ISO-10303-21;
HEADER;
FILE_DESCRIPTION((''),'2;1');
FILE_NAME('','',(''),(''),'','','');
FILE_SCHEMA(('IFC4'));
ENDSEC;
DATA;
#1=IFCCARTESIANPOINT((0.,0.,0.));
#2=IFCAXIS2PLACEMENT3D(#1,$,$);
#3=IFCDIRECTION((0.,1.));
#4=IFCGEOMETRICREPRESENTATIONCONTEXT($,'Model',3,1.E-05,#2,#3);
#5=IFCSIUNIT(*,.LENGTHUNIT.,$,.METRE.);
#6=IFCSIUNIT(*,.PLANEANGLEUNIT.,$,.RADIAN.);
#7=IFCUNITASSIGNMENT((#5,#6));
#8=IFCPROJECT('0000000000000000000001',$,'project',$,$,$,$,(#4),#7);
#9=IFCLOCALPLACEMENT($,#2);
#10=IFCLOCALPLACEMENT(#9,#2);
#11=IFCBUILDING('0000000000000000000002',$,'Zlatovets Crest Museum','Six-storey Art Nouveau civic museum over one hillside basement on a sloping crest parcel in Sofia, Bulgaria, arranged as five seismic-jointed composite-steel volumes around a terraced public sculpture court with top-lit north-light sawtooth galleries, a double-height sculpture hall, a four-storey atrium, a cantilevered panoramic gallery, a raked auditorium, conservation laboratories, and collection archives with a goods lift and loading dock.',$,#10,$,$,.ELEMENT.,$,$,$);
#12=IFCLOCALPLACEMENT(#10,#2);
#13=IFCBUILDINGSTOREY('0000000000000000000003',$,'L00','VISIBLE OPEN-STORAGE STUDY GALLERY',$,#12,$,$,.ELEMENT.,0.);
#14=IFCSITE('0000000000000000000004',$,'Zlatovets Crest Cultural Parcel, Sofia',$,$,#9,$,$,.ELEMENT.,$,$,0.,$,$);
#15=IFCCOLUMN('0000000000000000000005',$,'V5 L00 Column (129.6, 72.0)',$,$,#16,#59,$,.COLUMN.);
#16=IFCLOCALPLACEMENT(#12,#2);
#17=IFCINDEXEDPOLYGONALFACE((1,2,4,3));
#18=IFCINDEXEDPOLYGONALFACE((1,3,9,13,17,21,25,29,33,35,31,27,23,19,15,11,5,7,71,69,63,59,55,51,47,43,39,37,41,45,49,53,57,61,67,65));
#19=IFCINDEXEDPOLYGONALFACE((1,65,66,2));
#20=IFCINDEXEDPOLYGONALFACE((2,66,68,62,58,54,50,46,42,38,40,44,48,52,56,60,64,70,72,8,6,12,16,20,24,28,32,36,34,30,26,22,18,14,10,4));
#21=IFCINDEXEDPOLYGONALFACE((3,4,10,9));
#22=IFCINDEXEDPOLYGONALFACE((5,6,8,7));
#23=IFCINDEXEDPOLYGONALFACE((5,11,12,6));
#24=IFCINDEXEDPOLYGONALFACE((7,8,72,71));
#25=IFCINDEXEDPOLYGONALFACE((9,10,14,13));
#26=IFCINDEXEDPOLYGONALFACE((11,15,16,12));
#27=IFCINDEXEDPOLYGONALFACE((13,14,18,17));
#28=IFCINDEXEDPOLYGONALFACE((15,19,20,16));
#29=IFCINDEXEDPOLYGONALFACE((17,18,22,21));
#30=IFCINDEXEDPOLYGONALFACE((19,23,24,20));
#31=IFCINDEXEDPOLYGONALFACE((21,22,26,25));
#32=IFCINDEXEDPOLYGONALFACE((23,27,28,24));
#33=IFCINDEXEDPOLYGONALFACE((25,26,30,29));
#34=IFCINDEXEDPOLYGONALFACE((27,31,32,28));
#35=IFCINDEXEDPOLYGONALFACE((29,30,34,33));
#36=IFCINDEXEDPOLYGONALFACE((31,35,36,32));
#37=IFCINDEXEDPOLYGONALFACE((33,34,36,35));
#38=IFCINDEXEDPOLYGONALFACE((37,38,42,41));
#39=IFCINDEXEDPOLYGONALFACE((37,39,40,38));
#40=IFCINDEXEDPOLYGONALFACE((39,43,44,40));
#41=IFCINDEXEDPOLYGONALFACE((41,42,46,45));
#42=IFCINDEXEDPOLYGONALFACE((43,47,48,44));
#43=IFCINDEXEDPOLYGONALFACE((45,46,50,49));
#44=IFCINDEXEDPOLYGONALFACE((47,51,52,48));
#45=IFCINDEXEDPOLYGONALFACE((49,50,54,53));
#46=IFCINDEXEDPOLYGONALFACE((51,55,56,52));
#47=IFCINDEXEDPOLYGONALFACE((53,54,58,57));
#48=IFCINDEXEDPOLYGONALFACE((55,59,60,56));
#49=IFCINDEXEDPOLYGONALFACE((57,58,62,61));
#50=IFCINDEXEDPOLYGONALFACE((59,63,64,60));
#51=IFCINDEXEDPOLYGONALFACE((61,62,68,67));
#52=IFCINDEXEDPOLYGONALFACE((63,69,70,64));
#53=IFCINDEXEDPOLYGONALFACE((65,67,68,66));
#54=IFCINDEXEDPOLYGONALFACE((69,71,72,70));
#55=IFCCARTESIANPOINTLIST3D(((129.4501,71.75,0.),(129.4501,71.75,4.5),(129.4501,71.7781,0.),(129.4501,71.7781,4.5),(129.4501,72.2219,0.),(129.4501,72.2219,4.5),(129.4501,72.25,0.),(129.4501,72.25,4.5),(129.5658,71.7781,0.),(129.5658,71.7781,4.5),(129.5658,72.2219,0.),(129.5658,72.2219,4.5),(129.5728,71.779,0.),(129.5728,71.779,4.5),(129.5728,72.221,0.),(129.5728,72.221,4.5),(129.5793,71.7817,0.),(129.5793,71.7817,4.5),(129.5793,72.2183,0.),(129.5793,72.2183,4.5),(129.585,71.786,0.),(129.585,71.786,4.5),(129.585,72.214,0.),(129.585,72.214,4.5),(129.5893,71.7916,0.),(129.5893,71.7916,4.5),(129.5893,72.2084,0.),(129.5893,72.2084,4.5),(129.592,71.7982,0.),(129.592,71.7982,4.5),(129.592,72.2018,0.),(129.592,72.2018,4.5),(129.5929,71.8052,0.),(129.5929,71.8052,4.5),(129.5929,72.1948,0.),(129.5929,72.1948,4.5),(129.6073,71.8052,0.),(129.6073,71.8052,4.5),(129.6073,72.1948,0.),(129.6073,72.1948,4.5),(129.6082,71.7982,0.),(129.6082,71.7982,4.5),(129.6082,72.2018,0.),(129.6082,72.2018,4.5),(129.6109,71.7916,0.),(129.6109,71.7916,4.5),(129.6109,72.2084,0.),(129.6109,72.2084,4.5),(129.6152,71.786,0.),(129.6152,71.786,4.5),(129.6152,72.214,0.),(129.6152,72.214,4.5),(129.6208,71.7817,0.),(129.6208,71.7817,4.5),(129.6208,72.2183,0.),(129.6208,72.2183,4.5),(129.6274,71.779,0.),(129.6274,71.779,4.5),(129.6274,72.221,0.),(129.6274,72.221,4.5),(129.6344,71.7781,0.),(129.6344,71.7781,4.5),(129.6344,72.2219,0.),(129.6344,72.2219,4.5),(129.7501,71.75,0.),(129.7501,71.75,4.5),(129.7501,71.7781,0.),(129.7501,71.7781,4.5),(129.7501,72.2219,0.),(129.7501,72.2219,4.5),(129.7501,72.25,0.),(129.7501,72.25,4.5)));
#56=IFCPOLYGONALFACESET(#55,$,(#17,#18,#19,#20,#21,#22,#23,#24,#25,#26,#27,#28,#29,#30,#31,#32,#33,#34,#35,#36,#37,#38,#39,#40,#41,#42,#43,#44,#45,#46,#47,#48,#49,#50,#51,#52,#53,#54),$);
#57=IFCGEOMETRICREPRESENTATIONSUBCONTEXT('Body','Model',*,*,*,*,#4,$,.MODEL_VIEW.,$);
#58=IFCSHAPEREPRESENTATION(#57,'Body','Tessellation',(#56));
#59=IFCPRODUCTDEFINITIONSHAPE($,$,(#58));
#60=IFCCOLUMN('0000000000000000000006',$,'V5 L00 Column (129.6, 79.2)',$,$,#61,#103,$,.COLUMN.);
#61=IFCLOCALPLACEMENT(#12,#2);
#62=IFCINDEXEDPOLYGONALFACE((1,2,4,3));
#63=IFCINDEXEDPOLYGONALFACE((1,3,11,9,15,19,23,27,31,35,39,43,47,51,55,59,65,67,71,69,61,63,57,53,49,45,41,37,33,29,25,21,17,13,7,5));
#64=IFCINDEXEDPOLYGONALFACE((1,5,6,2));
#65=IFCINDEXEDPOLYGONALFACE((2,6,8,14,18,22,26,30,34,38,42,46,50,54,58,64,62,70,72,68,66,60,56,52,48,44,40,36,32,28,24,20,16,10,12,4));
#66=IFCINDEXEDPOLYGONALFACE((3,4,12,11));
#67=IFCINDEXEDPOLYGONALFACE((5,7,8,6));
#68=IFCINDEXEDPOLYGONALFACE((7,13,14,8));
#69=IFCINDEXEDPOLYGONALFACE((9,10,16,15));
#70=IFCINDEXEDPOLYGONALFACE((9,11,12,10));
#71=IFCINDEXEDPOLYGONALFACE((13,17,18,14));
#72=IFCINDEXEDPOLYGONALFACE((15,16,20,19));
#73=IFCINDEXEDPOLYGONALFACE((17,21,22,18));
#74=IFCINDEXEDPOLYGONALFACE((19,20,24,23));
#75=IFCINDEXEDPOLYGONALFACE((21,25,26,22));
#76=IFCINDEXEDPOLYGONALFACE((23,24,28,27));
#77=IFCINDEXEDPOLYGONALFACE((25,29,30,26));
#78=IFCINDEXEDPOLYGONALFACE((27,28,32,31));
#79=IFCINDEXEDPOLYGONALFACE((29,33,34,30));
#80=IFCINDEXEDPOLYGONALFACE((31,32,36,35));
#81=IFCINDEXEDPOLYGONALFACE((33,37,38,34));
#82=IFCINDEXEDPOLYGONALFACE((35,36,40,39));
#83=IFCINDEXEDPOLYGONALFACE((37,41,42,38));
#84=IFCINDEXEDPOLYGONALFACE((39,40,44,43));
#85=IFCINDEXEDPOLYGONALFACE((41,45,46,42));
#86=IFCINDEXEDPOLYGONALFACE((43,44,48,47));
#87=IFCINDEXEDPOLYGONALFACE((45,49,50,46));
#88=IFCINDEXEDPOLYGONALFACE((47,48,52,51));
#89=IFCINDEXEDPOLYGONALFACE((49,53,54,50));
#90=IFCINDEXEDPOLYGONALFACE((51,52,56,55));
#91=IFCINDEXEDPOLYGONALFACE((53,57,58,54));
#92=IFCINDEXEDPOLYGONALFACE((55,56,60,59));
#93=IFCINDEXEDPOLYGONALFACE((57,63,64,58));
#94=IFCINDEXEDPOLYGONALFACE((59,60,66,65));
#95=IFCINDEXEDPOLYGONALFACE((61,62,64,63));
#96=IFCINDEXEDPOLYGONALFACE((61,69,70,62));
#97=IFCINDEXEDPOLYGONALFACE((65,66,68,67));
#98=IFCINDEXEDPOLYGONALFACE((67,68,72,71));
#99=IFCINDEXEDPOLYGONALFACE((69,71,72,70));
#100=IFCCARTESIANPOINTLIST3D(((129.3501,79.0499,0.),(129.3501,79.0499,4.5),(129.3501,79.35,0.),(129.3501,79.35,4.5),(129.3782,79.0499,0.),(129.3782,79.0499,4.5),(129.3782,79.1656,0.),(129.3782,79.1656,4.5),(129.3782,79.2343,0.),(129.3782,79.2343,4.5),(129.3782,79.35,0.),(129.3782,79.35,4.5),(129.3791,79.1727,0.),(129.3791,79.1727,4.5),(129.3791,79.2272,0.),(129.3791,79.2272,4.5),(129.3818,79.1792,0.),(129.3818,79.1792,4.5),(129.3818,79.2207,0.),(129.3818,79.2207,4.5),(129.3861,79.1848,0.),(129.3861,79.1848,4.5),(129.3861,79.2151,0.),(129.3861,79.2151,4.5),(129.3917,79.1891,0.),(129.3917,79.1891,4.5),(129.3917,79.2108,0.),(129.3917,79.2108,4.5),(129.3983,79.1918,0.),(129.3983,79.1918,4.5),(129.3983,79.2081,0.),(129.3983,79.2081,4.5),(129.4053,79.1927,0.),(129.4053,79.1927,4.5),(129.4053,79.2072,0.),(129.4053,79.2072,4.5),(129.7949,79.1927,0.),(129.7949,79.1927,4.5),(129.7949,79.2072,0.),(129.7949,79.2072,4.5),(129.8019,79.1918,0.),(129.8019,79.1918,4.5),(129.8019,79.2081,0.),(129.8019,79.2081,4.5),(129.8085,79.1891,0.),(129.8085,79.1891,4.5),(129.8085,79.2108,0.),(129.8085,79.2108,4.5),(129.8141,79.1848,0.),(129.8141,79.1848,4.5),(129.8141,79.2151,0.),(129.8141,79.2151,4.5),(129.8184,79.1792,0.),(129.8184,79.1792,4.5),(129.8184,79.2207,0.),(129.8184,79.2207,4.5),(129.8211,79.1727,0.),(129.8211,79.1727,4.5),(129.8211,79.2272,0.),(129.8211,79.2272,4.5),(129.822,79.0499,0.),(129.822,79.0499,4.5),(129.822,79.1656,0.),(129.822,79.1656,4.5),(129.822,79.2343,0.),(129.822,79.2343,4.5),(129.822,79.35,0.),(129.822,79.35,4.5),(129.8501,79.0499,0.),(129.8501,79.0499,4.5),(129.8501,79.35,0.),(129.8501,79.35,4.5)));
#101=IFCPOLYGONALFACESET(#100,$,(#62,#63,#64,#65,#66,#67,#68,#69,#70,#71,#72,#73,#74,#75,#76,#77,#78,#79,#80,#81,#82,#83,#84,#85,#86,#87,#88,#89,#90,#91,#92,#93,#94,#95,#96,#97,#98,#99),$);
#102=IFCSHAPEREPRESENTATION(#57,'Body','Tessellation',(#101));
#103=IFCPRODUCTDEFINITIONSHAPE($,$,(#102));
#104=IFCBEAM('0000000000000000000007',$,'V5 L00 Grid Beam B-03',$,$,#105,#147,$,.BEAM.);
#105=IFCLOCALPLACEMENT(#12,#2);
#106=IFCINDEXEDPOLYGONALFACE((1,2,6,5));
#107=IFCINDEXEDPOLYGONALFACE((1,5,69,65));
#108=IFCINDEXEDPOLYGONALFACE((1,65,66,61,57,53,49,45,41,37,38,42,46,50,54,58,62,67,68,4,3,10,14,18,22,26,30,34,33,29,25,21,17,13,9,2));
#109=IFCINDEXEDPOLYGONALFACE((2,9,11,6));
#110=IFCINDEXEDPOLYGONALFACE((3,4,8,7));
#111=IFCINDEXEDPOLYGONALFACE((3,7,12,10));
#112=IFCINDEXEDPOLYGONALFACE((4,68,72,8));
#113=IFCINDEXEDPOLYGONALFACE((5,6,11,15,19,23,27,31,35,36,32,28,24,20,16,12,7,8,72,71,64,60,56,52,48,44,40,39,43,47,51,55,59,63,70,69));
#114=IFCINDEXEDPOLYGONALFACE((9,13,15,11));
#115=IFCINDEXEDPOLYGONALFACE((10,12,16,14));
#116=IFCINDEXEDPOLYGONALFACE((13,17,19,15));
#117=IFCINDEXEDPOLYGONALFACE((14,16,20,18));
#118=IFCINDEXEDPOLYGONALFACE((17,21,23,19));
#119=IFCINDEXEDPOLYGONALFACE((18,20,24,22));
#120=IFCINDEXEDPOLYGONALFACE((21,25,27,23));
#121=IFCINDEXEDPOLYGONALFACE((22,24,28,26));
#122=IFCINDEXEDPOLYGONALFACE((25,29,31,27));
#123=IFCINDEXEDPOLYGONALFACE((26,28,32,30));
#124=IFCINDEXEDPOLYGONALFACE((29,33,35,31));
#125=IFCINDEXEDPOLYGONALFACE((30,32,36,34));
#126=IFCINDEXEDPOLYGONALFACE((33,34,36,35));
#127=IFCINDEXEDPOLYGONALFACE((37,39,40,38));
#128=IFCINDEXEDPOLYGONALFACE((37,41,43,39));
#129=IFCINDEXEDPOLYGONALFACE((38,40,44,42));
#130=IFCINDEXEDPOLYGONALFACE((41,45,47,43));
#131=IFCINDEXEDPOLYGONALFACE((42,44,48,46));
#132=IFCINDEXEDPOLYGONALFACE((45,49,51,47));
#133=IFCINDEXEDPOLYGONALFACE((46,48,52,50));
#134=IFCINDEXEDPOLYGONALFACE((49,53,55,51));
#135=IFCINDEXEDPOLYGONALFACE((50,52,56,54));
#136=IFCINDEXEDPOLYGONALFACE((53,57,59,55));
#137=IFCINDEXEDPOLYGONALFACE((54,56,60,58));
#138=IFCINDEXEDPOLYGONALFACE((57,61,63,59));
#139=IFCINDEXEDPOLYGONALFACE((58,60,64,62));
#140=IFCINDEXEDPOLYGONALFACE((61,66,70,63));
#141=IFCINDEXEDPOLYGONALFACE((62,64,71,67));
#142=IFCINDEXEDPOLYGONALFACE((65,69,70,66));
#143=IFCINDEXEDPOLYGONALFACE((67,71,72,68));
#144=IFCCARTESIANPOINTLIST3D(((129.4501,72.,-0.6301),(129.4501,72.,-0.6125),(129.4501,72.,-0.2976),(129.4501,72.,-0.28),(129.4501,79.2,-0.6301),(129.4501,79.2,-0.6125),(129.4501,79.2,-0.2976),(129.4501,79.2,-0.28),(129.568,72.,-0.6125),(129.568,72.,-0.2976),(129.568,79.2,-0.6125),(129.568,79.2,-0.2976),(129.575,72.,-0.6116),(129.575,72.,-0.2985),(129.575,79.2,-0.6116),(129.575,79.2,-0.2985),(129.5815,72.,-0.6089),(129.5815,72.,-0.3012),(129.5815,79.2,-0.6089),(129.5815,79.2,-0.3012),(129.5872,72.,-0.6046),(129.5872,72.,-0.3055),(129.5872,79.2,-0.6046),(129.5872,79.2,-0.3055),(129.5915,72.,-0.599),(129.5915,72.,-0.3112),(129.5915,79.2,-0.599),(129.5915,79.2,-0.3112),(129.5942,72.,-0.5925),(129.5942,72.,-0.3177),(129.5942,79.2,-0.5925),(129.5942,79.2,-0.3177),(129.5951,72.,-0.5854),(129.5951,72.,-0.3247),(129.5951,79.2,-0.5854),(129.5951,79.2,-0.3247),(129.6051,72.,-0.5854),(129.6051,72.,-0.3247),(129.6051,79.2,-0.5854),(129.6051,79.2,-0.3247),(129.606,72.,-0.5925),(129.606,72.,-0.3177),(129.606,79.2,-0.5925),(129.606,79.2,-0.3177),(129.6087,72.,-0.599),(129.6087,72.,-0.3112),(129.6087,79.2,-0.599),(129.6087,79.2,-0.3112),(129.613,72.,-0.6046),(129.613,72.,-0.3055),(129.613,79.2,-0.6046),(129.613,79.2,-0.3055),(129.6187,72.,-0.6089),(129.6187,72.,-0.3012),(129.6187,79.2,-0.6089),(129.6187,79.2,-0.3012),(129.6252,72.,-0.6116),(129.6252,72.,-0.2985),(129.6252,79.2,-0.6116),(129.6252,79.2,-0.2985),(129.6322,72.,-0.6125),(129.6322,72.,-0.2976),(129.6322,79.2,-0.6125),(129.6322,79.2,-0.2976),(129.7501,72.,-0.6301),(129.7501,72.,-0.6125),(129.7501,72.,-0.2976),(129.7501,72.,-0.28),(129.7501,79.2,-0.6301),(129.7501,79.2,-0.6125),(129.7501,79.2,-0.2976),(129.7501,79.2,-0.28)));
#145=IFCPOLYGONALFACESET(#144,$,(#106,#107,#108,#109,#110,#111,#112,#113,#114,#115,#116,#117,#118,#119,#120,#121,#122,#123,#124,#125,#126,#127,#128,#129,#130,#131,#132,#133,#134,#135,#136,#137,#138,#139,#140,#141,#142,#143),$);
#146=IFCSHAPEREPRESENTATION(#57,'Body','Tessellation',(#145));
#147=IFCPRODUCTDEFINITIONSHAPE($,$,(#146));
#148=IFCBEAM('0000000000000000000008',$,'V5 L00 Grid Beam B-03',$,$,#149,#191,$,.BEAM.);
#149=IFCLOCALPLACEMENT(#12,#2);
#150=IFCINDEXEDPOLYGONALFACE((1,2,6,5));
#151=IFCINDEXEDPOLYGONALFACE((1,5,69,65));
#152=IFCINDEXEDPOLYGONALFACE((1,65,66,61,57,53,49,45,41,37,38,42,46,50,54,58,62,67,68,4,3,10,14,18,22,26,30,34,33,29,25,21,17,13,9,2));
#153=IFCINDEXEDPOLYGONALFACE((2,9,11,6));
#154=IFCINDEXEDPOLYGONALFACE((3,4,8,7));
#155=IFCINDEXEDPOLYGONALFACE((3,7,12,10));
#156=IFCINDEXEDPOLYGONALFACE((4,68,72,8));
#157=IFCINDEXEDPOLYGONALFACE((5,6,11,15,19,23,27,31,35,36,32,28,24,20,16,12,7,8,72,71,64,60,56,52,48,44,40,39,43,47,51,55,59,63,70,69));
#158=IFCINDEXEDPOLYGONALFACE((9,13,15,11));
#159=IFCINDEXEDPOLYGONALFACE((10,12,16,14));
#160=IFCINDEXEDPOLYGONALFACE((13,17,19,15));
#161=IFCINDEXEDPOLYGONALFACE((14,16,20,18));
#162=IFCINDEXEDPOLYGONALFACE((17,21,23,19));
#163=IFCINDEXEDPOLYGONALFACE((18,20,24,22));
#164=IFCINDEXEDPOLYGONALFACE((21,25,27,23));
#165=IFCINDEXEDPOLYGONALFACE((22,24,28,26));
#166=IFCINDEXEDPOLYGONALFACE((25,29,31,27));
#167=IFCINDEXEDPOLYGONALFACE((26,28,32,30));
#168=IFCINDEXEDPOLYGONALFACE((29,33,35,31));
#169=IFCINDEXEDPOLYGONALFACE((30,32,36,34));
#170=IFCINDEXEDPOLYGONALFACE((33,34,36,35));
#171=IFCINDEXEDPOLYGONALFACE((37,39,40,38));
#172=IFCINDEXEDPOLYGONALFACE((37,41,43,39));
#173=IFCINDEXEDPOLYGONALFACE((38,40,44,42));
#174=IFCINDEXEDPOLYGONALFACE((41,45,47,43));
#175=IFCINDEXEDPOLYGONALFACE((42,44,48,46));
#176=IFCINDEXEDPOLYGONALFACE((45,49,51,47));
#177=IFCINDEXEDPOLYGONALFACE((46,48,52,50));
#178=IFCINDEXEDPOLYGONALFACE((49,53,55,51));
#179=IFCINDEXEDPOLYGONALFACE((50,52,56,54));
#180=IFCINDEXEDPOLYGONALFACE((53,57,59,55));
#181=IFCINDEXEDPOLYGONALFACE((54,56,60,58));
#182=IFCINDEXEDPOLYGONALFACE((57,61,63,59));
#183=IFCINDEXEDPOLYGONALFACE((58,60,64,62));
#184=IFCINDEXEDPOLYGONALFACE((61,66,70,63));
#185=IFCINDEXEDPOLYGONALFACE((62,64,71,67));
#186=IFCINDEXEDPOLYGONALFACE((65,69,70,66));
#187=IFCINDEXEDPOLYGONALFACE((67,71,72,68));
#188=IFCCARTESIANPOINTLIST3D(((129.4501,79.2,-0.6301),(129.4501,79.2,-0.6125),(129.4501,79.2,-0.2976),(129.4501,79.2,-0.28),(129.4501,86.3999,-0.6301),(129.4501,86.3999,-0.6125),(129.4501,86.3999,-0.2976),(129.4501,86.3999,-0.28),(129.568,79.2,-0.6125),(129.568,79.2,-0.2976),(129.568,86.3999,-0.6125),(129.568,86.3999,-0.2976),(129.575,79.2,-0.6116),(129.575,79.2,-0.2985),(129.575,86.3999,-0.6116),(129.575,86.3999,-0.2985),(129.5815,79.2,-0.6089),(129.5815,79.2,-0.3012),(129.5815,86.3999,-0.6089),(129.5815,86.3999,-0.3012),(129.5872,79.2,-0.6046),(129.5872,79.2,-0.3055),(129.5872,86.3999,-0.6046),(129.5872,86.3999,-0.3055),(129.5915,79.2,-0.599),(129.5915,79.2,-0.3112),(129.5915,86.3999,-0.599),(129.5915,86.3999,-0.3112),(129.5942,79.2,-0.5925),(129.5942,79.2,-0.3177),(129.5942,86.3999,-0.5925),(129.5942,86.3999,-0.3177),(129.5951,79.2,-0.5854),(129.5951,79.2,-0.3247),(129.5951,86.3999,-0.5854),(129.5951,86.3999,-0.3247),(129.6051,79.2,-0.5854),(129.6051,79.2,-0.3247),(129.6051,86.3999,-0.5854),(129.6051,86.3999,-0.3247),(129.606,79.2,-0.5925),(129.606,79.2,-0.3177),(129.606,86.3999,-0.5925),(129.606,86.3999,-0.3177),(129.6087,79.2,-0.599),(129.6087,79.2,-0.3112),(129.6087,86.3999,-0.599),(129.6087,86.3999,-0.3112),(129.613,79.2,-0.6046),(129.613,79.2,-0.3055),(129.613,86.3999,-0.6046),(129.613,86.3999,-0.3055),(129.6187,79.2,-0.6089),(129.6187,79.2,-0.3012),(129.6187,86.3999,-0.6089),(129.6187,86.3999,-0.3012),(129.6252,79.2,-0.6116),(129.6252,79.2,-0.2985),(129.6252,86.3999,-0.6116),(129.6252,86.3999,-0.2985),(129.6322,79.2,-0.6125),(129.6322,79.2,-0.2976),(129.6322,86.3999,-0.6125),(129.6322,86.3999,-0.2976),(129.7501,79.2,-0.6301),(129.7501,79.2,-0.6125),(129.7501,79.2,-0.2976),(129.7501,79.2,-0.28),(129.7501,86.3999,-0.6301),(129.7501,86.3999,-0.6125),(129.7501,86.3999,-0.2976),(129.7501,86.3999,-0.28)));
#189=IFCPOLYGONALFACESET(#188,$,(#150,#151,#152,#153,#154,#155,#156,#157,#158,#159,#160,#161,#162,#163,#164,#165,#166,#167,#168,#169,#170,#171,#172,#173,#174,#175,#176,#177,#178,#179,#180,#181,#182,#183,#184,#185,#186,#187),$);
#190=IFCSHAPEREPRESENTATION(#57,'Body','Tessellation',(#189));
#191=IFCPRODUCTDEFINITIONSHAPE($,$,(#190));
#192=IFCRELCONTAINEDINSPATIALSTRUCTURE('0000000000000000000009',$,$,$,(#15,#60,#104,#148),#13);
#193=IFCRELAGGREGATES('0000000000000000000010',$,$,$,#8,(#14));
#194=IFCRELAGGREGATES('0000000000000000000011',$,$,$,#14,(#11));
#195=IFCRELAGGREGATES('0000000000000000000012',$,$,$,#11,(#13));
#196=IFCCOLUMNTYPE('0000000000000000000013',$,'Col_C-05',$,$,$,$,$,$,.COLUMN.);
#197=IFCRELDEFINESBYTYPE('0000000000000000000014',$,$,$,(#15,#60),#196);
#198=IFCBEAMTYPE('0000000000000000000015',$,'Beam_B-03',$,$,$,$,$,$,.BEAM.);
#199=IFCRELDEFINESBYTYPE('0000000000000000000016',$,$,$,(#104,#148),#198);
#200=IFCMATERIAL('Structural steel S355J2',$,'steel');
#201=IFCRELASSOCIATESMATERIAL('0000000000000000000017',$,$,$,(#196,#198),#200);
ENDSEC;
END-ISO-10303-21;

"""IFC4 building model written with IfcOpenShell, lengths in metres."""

from ifc_helpers import new_model, si_unit, direction, frame, origin, origin_2d, place, context, subcontext, project, spatial, i_section, extrude, material, material_profile, profile_set, type_object, element, save


model = new_model("IFC4")

# Units and contexts
model_context = context("Model", 3, precision=1e-05, world=origin(), true_north=direction((0.0, 1.0)))
body_context = subcontext(model_context, "Body", "Model", "MODEL_VIEW")
ifc_project = project(units=[si_unit("LENGTHUNIT", "METRE"), si_unit("PLANEANGLEUNIT", "RADIAN")], contexts=[model_context])

# Site, building, storey
site_placement = place(None, origin())
site = spatial("IfcSite", under=ifc_project, at=site_placement, Name="Zlatovets Crest Cultural Parcel, Sofia", CompositionType="ELEMENT", RefElevation=0.0)
building_placement = place(site_placement, origin())
building = spatial("IfcBuilding", under=site, at=building_placement, Name="Zlatovets Crest Museum", Description="Six-storey Art Nouveau civic museum over one hillside basement on a sloping crest parcel in Sofia, Bulgaria, arranged as five seismic-jointed composite-steel volumes around a terraced public sculpture court with top-lit north-light sawtooth galleries, a double-height sculpture hall, a four-storey atrium, a cantilevered panoramic gallery, a raked auditorium, conservation laboratories, and collection archives with a goods lift and loading dock.", CompositionType="ELEMENT")
storey_placement = place(building_placement, origin())
storey = spatial("IfcBuildingStorey", under=building, at=storey_placement, Name="L00", Description="VISIBLE OPEN-STORAGE STUDY GALLERY", CompositionType="ELEMENT", Elevation=0.0)

# Columns
ifc_material_1 = material(Name="Structural steel S355J2", Category="steel")
ifc_material_profile_1 = material_profile(ifc_material_1, i_section(OverallWidth=0.3, OverallDepth=0.5, WebThickness=0.0144, FlangeThickness=0.0281, FilletRadius=0.0271, at=origin_2d()), Name="HEB 500")
ifc_profile_set_1 = profile_set([ifc_material_profile_1], Name="Structural steel S355J2")
column_type = type_object("IfcColumnType", Name="Col_C-05", PredefinedType="COLUMN", material=ifc_profile_set_1)
for number, where, z_axis, x_axis, name in (
    (1, (129.6001, 72.0, 0.0), (0.0, 0.0, 1.0), (1.0, 0.0, 0.0), "V5 L00 Column (129.6, 72.0)"),
    (2, (129.6001, 79.2, 0.0), (0.0, 0.0, 1.0), (0.0, 1.0, 0.0), "V5 L00 Column (129.6, 79.2)"),
):
    element("IfcColumn", number, at=place(storey_placement, frame(where, z_axis=z_axis, x_axis=x_axis)), inside=storey, type_object=column_type, Name=name, PredefinedType="COLUMN", context=body_context, shape_type="SweptSolid", body=[
        extrude(i_section(OverallWidth=0.3, OverallDepth=0.5, WebThickness=0.0144, FlangeThickness=0.0281, FilletRadius=0.0271, at=origin_2d()), origin(), (0.0, 0.0, 1.0), 4.5),
    ])

# Beams
ifc_material_profile_2 = material_profile(ifc_material_1, i_section(OverallWidth=0.3, OverallDepth=0.3501, WebThickness=0.01, FlangeThickness=0.0176, FilletRadius=0.0271, at=origin_2d()), Name="HEA 360")
ifc_profile_set_2 = profile_set([ifc_material_profile_2], Name="Structural steel S355J2")
beam_type_1 = type_object("IfcBeamType", Name="Beam_B-03", PredefinedType="BEAM", material=ifc_profile_set_2)
for number, where, z_axis, x_axis, name in (
    (3, (129.6001, 72.0, -0.4551), (0.0, 1.0, 0.0), (-1.0, 0.0, 0.0), "V5 L00 Grid Beam B-03"),
    (4, (129.6001, 79.2, -0.4551), (0.0, 1.0, 0.0), (-1.0, 0.0, 0.0), "V5 L00 Grid Beam B-03"),
):
    element("IfcBeam", number, at=place(storey_placement, frame(where, z_axis=z_axis, x_axis=x_axis)), inside=storey, type_object=beam_type_1, Name=name, PredefinedType="BEAM", context=body_context, shape_type="SweptSolid", body=[
        extrude(i_section(OverallWidth=0.3, OverallDepth=0.3501, WebThickness=0.01, FlangeThickness=0.0176, FilletRadius=0.0271, at=origin_2d()), origin(), (0.0, 0.0, 1.0), 7.2),
    ])

save(model, "model.ifc")
